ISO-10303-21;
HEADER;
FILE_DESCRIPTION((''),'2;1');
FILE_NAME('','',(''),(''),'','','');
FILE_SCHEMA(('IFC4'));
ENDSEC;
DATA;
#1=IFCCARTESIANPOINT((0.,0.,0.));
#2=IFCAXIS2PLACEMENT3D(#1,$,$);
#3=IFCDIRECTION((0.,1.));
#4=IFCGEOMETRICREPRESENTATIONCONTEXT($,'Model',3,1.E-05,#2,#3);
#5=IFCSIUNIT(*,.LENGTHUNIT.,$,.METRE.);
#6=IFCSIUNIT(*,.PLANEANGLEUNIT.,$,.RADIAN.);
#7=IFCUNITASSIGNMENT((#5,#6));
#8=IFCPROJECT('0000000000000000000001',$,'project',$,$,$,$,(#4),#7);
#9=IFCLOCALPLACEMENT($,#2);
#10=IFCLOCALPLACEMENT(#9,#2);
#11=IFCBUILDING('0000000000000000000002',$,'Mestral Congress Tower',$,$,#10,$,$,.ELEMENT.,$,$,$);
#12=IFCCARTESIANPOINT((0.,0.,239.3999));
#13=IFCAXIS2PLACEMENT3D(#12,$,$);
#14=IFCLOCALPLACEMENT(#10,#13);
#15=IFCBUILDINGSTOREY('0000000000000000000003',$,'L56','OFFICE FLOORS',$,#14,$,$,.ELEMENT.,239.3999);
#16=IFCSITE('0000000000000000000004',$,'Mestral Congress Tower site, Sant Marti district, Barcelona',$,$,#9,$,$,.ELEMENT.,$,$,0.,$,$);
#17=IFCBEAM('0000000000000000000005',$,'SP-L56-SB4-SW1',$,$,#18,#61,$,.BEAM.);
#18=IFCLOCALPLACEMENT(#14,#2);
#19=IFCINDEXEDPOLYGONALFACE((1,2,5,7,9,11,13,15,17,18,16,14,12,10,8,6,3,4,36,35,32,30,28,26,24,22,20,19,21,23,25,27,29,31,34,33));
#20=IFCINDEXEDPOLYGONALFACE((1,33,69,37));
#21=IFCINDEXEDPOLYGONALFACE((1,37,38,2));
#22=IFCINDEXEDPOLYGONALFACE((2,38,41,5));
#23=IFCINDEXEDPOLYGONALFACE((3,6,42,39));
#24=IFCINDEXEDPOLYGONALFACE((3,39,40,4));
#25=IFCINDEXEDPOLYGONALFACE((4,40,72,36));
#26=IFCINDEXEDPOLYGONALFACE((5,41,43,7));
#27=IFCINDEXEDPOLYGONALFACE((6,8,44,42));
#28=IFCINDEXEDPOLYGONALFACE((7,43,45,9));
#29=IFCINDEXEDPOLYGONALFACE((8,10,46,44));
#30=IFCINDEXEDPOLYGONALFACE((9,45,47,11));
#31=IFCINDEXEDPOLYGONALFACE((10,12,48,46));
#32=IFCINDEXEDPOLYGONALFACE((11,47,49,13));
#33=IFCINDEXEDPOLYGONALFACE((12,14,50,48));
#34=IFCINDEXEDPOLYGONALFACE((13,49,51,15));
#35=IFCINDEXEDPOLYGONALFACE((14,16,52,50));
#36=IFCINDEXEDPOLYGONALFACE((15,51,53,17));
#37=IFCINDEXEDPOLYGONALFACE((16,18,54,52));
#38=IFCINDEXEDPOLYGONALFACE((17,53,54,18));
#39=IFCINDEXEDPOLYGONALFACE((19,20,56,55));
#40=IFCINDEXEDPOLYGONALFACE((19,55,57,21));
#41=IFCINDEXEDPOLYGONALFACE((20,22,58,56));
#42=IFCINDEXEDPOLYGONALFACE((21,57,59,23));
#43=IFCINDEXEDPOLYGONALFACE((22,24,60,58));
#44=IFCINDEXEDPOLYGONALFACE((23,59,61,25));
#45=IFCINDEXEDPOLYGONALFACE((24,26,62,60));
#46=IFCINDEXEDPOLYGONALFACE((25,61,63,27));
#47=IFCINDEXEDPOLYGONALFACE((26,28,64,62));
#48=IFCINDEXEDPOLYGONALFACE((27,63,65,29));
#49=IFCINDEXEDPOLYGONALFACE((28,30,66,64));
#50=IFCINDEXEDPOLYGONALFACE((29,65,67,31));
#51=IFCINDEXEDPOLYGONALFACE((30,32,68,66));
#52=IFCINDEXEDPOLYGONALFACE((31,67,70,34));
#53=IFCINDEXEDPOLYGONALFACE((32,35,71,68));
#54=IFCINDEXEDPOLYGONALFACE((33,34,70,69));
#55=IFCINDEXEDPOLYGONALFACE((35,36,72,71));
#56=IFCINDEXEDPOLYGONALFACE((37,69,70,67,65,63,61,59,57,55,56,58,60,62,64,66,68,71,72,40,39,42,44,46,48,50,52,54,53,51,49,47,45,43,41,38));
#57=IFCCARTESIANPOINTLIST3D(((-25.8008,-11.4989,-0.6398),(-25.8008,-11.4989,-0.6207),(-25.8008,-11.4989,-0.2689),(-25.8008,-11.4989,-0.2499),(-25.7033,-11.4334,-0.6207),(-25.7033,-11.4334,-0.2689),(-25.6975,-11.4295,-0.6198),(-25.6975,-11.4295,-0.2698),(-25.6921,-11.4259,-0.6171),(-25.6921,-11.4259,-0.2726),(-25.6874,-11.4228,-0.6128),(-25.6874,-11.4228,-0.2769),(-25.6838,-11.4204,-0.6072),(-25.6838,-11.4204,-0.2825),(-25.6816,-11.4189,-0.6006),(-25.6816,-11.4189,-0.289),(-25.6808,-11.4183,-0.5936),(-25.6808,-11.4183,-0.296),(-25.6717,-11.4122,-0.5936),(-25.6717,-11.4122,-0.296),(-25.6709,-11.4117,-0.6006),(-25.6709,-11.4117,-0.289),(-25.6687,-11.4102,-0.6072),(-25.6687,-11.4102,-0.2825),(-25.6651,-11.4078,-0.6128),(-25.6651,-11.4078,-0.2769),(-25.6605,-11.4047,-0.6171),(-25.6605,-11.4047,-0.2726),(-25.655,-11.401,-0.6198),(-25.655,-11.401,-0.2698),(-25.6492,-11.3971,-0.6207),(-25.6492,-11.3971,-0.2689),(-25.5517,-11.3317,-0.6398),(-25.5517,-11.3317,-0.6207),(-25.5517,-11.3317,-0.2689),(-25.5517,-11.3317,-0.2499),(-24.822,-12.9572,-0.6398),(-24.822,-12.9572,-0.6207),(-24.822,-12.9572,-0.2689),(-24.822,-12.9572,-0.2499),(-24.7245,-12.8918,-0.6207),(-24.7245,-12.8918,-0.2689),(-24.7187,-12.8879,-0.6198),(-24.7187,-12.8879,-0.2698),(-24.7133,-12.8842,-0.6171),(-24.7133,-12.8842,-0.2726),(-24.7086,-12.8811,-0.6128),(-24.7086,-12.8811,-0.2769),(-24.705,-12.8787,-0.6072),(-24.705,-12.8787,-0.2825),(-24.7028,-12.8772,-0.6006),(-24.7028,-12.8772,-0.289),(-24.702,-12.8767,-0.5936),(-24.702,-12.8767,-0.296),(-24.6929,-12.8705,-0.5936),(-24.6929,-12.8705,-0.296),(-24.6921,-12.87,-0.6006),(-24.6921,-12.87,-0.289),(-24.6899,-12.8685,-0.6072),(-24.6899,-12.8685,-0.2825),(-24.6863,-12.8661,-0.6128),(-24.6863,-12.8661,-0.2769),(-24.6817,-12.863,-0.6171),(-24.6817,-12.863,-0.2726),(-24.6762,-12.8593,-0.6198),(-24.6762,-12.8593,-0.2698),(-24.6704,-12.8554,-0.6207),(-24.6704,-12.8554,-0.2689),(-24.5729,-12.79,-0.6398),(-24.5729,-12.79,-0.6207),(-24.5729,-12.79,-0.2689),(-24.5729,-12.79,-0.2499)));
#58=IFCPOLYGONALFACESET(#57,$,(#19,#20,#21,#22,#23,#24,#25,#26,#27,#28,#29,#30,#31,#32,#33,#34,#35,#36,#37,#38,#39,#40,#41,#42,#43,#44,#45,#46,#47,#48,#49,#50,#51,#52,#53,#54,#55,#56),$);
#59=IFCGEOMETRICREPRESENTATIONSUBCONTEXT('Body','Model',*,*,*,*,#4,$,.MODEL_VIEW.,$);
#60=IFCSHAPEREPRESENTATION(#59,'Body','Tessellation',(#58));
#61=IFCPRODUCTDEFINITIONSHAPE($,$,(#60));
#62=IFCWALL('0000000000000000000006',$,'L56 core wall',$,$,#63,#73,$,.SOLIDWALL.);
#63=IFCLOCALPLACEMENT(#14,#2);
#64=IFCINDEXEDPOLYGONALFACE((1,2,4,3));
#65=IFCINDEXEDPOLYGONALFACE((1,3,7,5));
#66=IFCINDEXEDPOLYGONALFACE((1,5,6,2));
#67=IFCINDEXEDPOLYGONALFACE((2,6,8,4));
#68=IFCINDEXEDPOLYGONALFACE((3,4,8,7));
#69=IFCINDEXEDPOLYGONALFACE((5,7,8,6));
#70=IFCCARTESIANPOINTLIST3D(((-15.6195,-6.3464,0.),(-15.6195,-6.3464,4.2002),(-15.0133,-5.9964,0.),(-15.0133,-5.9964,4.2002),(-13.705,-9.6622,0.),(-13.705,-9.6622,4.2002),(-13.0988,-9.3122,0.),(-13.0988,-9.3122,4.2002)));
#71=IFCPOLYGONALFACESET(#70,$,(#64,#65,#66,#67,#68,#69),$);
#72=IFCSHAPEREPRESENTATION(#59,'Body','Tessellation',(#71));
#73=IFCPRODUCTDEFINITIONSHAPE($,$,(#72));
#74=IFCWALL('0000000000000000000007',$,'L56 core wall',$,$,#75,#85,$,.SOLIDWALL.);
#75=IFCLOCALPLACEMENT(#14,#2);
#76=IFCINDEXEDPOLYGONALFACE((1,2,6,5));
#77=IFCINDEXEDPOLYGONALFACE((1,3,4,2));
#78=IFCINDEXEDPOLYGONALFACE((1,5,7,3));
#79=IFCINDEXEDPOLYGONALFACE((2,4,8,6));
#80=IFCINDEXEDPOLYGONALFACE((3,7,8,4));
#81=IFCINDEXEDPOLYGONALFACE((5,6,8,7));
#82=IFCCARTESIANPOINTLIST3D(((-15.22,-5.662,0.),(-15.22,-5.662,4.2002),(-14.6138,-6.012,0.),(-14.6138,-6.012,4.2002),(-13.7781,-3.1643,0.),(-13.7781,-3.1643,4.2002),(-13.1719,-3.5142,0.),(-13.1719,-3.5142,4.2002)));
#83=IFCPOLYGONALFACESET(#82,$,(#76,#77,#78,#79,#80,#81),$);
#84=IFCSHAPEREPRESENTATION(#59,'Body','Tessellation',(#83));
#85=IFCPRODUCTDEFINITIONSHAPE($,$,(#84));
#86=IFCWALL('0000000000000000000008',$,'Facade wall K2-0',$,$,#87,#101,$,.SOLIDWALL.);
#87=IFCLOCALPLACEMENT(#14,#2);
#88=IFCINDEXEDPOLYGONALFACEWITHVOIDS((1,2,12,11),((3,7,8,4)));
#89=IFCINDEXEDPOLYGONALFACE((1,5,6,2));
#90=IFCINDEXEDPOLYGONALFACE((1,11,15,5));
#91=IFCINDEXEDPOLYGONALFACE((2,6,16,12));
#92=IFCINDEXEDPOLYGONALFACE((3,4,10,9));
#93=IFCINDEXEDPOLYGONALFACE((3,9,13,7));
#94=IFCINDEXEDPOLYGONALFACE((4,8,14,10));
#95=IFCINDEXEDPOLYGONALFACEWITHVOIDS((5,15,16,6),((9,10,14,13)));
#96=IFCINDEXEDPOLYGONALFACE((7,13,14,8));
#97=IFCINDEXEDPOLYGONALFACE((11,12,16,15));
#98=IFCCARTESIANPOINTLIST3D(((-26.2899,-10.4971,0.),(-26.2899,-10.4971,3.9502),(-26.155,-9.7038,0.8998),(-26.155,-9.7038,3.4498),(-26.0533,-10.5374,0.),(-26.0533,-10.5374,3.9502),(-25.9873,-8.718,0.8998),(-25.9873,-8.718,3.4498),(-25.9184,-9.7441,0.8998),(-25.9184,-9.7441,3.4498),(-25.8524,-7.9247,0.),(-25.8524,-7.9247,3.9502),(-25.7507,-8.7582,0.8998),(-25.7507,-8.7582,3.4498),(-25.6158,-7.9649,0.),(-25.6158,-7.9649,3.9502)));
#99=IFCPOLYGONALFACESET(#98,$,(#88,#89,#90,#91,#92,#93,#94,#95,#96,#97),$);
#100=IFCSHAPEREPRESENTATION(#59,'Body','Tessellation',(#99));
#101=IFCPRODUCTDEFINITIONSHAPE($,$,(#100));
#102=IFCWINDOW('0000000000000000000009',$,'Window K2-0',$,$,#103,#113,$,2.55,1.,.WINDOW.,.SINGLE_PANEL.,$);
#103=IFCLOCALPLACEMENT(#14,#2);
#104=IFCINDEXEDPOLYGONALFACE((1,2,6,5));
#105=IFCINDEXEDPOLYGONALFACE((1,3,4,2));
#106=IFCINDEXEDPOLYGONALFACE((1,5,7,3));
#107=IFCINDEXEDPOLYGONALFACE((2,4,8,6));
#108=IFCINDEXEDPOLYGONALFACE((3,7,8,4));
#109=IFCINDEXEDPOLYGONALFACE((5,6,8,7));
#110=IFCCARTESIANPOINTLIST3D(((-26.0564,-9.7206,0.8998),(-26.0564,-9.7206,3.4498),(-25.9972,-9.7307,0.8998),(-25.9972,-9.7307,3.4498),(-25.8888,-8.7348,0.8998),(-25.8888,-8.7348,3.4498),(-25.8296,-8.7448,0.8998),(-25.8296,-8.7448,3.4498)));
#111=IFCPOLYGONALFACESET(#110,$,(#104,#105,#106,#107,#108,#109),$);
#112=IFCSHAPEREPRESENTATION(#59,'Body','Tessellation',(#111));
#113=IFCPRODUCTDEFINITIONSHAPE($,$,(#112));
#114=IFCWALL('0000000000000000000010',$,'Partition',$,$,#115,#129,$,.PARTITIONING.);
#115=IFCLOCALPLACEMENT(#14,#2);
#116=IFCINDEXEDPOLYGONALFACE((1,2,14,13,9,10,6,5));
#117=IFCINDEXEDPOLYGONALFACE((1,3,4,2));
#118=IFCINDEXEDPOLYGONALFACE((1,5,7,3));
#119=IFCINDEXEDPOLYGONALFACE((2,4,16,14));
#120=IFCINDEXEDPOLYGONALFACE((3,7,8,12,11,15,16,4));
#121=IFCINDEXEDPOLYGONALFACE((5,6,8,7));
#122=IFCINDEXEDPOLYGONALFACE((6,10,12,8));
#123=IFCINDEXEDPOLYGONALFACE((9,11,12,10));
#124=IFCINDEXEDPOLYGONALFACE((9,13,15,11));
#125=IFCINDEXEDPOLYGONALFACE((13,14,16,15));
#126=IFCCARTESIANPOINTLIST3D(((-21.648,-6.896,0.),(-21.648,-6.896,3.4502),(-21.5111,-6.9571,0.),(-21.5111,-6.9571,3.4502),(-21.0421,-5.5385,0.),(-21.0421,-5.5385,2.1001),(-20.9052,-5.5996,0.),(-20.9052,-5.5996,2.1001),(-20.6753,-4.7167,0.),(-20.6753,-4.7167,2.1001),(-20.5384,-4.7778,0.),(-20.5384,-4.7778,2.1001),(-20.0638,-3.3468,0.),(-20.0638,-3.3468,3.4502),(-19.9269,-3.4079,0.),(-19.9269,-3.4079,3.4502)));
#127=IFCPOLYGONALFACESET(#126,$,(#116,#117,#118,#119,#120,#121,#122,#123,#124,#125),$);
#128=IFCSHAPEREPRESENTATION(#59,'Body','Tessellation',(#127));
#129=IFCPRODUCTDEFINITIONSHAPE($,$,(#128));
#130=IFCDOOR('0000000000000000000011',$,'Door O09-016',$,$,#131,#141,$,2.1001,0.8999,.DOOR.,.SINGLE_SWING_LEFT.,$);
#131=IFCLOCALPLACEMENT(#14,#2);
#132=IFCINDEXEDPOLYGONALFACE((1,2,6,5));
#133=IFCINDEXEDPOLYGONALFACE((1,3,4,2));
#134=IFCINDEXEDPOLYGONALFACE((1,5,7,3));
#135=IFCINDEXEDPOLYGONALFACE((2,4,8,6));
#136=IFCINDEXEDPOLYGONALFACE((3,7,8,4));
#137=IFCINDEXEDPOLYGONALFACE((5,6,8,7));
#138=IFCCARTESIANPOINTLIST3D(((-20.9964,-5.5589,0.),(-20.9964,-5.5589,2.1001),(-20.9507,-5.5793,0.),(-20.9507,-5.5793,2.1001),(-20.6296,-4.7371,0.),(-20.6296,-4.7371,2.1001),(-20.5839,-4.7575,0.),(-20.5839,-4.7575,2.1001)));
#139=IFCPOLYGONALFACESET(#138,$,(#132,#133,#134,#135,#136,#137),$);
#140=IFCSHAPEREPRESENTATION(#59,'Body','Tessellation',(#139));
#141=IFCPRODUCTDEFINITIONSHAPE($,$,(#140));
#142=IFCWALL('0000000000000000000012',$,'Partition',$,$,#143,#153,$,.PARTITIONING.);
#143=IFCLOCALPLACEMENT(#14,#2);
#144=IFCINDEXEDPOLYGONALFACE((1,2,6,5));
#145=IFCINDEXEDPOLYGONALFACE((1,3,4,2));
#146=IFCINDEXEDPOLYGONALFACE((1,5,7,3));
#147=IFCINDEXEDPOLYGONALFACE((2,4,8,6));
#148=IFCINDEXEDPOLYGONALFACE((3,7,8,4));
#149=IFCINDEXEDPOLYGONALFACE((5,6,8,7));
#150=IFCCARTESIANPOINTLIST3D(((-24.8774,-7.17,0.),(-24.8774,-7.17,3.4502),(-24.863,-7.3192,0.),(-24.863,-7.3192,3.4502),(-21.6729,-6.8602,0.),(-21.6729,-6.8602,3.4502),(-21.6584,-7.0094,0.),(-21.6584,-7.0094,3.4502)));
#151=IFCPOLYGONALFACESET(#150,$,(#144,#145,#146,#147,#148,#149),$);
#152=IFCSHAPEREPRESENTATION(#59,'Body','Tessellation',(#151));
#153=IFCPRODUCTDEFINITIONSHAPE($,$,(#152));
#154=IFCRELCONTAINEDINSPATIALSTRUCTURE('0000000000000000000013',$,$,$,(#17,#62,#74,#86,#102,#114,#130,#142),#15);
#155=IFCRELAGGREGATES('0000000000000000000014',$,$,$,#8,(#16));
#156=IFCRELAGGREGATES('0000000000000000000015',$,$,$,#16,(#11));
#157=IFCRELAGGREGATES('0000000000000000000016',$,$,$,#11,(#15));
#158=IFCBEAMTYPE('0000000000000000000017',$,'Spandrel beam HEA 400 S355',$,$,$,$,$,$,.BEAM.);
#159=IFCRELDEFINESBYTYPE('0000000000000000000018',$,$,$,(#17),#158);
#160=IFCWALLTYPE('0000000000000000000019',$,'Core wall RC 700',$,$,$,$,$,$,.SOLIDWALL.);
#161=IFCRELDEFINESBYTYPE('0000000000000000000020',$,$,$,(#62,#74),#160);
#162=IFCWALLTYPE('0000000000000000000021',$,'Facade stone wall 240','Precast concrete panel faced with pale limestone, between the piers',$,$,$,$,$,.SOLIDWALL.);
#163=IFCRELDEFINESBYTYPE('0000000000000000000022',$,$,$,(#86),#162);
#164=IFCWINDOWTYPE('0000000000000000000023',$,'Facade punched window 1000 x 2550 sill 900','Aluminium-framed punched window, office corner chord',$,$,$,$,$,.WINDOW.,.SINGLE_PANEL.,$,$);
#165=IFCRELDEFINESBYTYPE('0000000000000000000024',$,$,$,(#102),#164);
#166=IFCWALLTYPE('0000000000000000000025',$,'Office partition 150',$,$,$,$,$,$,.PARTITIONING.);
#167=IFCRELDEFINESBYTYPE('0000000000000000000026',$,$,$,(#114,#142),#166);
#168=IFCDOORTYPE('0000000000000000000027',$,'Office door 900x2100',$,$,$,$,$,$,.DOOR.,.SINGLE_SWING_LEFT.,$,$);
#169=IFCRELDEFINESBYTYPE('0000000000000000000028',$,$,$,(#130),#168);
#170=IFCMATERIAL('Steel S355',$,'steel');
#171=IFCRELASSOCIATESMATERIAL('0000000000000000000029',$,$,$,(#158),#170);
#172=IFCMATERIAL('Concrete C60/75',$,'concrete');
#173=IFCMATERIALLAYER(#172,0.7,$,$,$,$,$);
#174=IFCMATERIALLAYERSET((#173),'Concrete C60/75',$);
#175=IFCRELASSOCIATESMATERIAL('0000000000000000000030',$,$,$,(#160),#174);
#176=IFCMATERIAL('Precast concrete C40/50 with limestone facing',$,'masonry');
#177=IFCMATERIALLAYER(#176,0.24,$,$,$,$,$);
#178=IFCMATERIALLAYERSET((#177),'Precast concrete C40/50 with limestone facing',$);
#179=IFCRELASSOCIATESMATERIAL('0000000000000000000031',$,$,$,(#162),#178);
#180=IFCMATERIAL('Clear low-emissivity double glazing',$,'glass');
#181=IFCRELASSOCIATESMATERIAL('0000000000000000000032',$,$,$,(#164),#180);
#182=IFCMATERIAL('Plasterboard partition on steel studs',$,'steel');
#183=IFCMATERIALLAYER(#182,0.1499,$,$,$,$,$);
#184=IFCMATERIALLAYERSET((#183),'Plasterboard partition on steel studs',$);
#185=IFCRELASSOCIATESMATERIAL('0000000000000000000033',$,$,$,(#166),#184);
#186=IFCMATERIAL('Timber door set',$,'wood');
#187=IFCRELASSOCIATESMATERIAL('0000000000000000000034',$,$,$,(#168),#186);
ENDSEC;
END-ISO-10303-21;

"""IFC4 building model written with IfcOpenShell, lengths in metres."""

from ifc_helpers import new_model, si_unit, direction, frame, frame_2d, origin, origin_2d, place, context, subcontext, project, spatial, rectangle, i_section, extrude, material, layer, layer_set, material_profile, profile_set, type_object, element, fill, save


model = new_model("IFC4")

# Units and contexts
model_context = context("Model", 3, precision=1e-05, world=origin(), true_north=direction((0.0, 1.0)))
body_context = subcontext(model_context, "Body", "Model", "MODEL_VIEW")
ifc_project = project(units=[si_unit("LENGTHUNIT", "METRE"), si_unit("PLANEANGLEUNIT", "RADIAN")], contexts=[model_context])

# Site, building, storey
site_placement = place(None, origin())
site = spatial("IfcSite", under=ifc_project, at=site_placement, Name="Mestral Congress Tower site, Sant Marti district, Barcelona", CompositionType="ELEMENT", RefElevation=0.0)
building_placement = place(site_placement, origin())
building = spatial("IfcBuilding", under=site, at=building_placement, Name="Mestral Congress Tower", CompositionType="ELEMENT")
storey_placement = place(building_placement, frame((0.0, 0.0, 239.3999)))
storey = spatial("IfcBuildingStorey", under=building, at=storey_placement, Name="L56", Description="OFFICE FLOORS", CompositionType="ELEMENT", Elevation=239.3999)

# Shared definitions
ifc_material_1 = material(Name="Concrete C60/75", Category="concrete")

# Beam
ifc_material_2 = material(Name="Steel S355", Category="steel")
ifc_material_profile_1 = material_profile(ifc_material_2, i_section(OverallWidth=0.3, OverallDepth=0.3899, WebThickness=0.011, FlangeThickness=0.019, FilletRadius=0.0271, at=origin_2d()), Name="HEA 400")
ifc_profile_set_1 = profile_set([ifc_material_profile_1], Name="Steel S355")
beam_type_1 = type_object("IfcBeamType", Name="Spandrel beam HEA 400 S355", PredefinedType="BEAM", material=ifc_profile_set_1)
beam_1_placement = place(storey_placement, frame((-25.6763, -11.4153, -0.4448), z_axis=(0.557296, -0.830314, 0.0), x_axis=(0.830314, 0.557296, 0.0)))
element("IfcBeam", 1, at=beam_1_placement, inside=storey, type_object=beam_type_1, Name="SP-L56-SB4-SW1", PredefinedType="BEAM", context=body_context, shape_type="SweptSolid", body=[
    extrude(i_section(OverallWidth=0.3, OverallDepth=0.3899, WebThickness=0.011, FlangeThickness=0.019, FilletRadius=0.0271, at=origin_2d()), origin(), (0.0, 0.0, 1.0), 1.7563),
])

# Walls
ifc_layer_1 = layer(ifc_material_1, 0.7)
ifc_layer_set_1 = layer_set([ifc_layer_1], Name="Concrete C60/75")
wall_type_1 = type_object("IfcWallType", Name="Core wall RC 700", PredefinedType="SOLIDWALL", material=ifc_layer_set_1)
wall_1_placement = place(storey_placement, frame((-13.4019, -9.4873, 0.0), z_axis=(0.0, 0.0, 1.0), x_axis=(-0.50002, 0.866014, 0.0)))
element("IfcWall", 2, at=wall_1_placement, inside=storey, type_object=wall_type_1, Name="L56 core wall", PredefinedType="SOLIDWALL", context=body_context, shape_type="SweptSolid", body=[
    extrude(rectangle(XDim=3.8289, YDim=0.7, at=frame_2d((1.9146, 0.0))), origin(), (0.0, 0.0, 1.0), 4.2002),
])
wall_2_placement = place(storey_placement, frame((-13.4751, -3.3394, 0.0), z_axis=(0.0, 0.0, 1.0), x_axis=(-0.499945, -0.866057, 0.0)))
element("IfcWall", 3, at=wall_2_placement, inside=storey, type_object=wall_type_1, Name="L56 core wall", PredefinedType="SOLIDWALL", context=body_context, shape_type="SweptSolid", body=[
    extrude(rectangle(XDim=2.884, YDim=0.7, at=frame_2d((1.4419, 0.0))), origin(), (0.0, 0.0, 1.0), 4.2002),
])

# Wall, opening, window
ifc_material_3 = material(Name="Precast concrete C40/50 with limestone facing", Category="masonry")
ifc_layer_2 = layer(ifc_material_3, 0.24)
ifc_layer_set_2 = layer_set([ifc_layer_2], Name="Precast concrete C40/50 with limestone facing")
wall_type_2 = type_object("IfcWallType", Name="Facade stone wall 240", Description="Precast concrete panel faced with pale limestone, between the piers", PredefinedType="SOLIDWALL", material=ifc_layer_set_2)
wall_3_placement = place(storey_placement, frame((-25.7341, -7.9448, 0.0), z_axis=(0.0, 0.0, 1.0), x_axis=(-0.16766, -0.985845, 0.0)))
wall_3 = element("IfcWall", 4, at=wall_3_placement, inside=storey, type_object=wall_type_2, Name="Facade wall K2-0", PredefinedType="SOLIDWALL", context=body_context, shape_type="SweptSolid", body=[
    extrude(rectangle(XDim=2.6094, YDim=0.24, at=frame_2d((1.3047, 0.0))), origin(), (0.0, 0.0, 1.0), 3.9502),
])
opening_1_placement = place(wall_3_placement, frame((0.8047, 0.0, 0.8999)))
opening_1 = element("IfcOpeningElement", 5, at=opening_1_placement, cuts=wall_3, PredefinedType="OPENING", context=body_context, shape_type="SweptSolid", body=[
    extrude(rectangle(XDim=1.0, YDim=2.55, at=frame_2d((0.5, 1.2749))), frame((0.0, 0.1299, 0.0), z_axis=(0.0, -1.0, 0.0), x_axis=(1.0, 0.0, 0.0)), (0.0, 0.0, 1.0), 0.26),
])
ifc_material_4 = material(Name="Clear low-emissivity double glazing", Category="glass")
window_type = type_object("IfcWindowType", Name="Facade punched window 1000 x 2550 sill 900", Description="Aluminium-framed punched window, office corner chord", PartitioningType="SINGLE_PANEL", PredefinedType="WINDOW", material=ifc_material_4)
window_placement = place(opening_1_placement, origin())
window = element("IfcWindow", 6, at=window_placement, inside=storey, type_object=window_type, Name="Window K2-0", OverallHeight=2.55, OverallWidth=1.0, PartitioningType="SINGLE_PANEL", PredefinedType="WINDOW", context=body_context, shape_type="SweptSolid", body=[
    extrude(rectangle(XDim=1.0, YDim=2.55, at=frame_2d((0.5, 1.2749))), frame((0.0, 0.04, 0.0), z_axis=(0.0, -1.0, 0.0), x_axis=(1.0, 0.0, 0.0)), (0.0, 0.0, 1.0), 0.0601),
])
fill(opening_1, window)

# Wall, opening, door
ifc_material_5 = material(Name="Plasterboard partition on steel studs", Category="steel")
ifc_layer_3 = layer(ifc_material_5, 0.1499)
ifc_layer_set_3 = layer_set([ifc_layer_3], Name="Plasterboard partition on steel studs")
wall_type_3 = type_object("IfcWallType", Name="Office partition 150", PredefinedType="PARTITIONING", material=ifc_layer_set_3)
wall_4_placement = place(storey_placement, frame((-21.5796, -6.9265, 0.0), z_axis=(0.0, 0.0, 1.0), x_axis=(0.407612, 0.913155, 0.0)))
wall_4 = element("IfcWall", 7, at=wall_4_placement, inside=storey, type_object=wall_type_3, Name="Partition", PredefinedType="PARTITIONING", context=body_context, shape_type="SweptSolid", body=[
    extrude(rectangle(XDim=3.8867, YDim=0.1499, at=frame_2d((1.9434, 0.0))), origin(), (0.0, 0.0, 1.0), 3.4502),
])
opening_2_placement = place(wall_4_placement, frame((1.4866, 0.0, 0.0)))
opening_2 = element("IfcOpeningElement", 8, at=opening_2_placement, cuts=wall_4, PredefinedType="OPENING", context=body_context, shape_type="SweptSolid", body=[
    extrude(rectangle(XDim=0.8999, YDim=2.1001, at=frame_2d((0.45, 1.05))), frame((0.0, 0.085, 0.0), z_axis=(0.0, -1.0, 0.0), x_axis=(1.0, 0.0, 0.0)), (0.0, 0.0, 1.0), 0.1699),
])
ifc_material_6 = material(Name="Timber door set", Category="wood")
door_type_1 = type_object("IfcDoorType", Name="Office door 900x2100", OperationType="SINGLE_SWING_LEFT", PredefinedType="DOOR", material=ifc_material_6)
door_1_placement = place(opening_2_placement, origin())
door_1 = element("IfcDoor", 9, at=door_1_placement, inside=storey, type_object=door_type_1, Name="Door O09-016", OperationType="SINGLE_SWING_LEFT", OverallHeight=2.1001, OverallWidth=0.8999, PredefinedType="DOOR", context=body_context, shape_type="SweptSolid", body=[
    extrude(rectangle(XDim=0.8999, YDim=2.1001, at=frame_2d((0.45, 1.05))), frame((0.0, 0.0249, 0.0), z_axis=(0.0, -1.0, 0.0), x_axis=(1.0, 0.0, 0.0)), (0.0, 0.0, 1.0), 0.05),
])
fill(opening_2, door_1)

# Wall
wall_5_placement = place(storey_placement, frame((-21.6655, -6.9348, 0.0), z_axis=(0.0, 0.0, 1.0), x_axis=(-0.995359, -0.09623, 0.0)))
element("IfcWall", 10, at=wall_5_placement, inside=storey, type_object=wall_type_3, Name="Partition", PredefinedType="PARTITIONING", context=body_context, shape_type="SweptSolid", body=[
    extrude(rectangle(XDim=3.2195, YDim=0.1499, at=frame_2d((1.6099, 0.0))), origin(), (0.0, 0.0, 1.0), 3.4502),
])

save(model, "model.ifc")
